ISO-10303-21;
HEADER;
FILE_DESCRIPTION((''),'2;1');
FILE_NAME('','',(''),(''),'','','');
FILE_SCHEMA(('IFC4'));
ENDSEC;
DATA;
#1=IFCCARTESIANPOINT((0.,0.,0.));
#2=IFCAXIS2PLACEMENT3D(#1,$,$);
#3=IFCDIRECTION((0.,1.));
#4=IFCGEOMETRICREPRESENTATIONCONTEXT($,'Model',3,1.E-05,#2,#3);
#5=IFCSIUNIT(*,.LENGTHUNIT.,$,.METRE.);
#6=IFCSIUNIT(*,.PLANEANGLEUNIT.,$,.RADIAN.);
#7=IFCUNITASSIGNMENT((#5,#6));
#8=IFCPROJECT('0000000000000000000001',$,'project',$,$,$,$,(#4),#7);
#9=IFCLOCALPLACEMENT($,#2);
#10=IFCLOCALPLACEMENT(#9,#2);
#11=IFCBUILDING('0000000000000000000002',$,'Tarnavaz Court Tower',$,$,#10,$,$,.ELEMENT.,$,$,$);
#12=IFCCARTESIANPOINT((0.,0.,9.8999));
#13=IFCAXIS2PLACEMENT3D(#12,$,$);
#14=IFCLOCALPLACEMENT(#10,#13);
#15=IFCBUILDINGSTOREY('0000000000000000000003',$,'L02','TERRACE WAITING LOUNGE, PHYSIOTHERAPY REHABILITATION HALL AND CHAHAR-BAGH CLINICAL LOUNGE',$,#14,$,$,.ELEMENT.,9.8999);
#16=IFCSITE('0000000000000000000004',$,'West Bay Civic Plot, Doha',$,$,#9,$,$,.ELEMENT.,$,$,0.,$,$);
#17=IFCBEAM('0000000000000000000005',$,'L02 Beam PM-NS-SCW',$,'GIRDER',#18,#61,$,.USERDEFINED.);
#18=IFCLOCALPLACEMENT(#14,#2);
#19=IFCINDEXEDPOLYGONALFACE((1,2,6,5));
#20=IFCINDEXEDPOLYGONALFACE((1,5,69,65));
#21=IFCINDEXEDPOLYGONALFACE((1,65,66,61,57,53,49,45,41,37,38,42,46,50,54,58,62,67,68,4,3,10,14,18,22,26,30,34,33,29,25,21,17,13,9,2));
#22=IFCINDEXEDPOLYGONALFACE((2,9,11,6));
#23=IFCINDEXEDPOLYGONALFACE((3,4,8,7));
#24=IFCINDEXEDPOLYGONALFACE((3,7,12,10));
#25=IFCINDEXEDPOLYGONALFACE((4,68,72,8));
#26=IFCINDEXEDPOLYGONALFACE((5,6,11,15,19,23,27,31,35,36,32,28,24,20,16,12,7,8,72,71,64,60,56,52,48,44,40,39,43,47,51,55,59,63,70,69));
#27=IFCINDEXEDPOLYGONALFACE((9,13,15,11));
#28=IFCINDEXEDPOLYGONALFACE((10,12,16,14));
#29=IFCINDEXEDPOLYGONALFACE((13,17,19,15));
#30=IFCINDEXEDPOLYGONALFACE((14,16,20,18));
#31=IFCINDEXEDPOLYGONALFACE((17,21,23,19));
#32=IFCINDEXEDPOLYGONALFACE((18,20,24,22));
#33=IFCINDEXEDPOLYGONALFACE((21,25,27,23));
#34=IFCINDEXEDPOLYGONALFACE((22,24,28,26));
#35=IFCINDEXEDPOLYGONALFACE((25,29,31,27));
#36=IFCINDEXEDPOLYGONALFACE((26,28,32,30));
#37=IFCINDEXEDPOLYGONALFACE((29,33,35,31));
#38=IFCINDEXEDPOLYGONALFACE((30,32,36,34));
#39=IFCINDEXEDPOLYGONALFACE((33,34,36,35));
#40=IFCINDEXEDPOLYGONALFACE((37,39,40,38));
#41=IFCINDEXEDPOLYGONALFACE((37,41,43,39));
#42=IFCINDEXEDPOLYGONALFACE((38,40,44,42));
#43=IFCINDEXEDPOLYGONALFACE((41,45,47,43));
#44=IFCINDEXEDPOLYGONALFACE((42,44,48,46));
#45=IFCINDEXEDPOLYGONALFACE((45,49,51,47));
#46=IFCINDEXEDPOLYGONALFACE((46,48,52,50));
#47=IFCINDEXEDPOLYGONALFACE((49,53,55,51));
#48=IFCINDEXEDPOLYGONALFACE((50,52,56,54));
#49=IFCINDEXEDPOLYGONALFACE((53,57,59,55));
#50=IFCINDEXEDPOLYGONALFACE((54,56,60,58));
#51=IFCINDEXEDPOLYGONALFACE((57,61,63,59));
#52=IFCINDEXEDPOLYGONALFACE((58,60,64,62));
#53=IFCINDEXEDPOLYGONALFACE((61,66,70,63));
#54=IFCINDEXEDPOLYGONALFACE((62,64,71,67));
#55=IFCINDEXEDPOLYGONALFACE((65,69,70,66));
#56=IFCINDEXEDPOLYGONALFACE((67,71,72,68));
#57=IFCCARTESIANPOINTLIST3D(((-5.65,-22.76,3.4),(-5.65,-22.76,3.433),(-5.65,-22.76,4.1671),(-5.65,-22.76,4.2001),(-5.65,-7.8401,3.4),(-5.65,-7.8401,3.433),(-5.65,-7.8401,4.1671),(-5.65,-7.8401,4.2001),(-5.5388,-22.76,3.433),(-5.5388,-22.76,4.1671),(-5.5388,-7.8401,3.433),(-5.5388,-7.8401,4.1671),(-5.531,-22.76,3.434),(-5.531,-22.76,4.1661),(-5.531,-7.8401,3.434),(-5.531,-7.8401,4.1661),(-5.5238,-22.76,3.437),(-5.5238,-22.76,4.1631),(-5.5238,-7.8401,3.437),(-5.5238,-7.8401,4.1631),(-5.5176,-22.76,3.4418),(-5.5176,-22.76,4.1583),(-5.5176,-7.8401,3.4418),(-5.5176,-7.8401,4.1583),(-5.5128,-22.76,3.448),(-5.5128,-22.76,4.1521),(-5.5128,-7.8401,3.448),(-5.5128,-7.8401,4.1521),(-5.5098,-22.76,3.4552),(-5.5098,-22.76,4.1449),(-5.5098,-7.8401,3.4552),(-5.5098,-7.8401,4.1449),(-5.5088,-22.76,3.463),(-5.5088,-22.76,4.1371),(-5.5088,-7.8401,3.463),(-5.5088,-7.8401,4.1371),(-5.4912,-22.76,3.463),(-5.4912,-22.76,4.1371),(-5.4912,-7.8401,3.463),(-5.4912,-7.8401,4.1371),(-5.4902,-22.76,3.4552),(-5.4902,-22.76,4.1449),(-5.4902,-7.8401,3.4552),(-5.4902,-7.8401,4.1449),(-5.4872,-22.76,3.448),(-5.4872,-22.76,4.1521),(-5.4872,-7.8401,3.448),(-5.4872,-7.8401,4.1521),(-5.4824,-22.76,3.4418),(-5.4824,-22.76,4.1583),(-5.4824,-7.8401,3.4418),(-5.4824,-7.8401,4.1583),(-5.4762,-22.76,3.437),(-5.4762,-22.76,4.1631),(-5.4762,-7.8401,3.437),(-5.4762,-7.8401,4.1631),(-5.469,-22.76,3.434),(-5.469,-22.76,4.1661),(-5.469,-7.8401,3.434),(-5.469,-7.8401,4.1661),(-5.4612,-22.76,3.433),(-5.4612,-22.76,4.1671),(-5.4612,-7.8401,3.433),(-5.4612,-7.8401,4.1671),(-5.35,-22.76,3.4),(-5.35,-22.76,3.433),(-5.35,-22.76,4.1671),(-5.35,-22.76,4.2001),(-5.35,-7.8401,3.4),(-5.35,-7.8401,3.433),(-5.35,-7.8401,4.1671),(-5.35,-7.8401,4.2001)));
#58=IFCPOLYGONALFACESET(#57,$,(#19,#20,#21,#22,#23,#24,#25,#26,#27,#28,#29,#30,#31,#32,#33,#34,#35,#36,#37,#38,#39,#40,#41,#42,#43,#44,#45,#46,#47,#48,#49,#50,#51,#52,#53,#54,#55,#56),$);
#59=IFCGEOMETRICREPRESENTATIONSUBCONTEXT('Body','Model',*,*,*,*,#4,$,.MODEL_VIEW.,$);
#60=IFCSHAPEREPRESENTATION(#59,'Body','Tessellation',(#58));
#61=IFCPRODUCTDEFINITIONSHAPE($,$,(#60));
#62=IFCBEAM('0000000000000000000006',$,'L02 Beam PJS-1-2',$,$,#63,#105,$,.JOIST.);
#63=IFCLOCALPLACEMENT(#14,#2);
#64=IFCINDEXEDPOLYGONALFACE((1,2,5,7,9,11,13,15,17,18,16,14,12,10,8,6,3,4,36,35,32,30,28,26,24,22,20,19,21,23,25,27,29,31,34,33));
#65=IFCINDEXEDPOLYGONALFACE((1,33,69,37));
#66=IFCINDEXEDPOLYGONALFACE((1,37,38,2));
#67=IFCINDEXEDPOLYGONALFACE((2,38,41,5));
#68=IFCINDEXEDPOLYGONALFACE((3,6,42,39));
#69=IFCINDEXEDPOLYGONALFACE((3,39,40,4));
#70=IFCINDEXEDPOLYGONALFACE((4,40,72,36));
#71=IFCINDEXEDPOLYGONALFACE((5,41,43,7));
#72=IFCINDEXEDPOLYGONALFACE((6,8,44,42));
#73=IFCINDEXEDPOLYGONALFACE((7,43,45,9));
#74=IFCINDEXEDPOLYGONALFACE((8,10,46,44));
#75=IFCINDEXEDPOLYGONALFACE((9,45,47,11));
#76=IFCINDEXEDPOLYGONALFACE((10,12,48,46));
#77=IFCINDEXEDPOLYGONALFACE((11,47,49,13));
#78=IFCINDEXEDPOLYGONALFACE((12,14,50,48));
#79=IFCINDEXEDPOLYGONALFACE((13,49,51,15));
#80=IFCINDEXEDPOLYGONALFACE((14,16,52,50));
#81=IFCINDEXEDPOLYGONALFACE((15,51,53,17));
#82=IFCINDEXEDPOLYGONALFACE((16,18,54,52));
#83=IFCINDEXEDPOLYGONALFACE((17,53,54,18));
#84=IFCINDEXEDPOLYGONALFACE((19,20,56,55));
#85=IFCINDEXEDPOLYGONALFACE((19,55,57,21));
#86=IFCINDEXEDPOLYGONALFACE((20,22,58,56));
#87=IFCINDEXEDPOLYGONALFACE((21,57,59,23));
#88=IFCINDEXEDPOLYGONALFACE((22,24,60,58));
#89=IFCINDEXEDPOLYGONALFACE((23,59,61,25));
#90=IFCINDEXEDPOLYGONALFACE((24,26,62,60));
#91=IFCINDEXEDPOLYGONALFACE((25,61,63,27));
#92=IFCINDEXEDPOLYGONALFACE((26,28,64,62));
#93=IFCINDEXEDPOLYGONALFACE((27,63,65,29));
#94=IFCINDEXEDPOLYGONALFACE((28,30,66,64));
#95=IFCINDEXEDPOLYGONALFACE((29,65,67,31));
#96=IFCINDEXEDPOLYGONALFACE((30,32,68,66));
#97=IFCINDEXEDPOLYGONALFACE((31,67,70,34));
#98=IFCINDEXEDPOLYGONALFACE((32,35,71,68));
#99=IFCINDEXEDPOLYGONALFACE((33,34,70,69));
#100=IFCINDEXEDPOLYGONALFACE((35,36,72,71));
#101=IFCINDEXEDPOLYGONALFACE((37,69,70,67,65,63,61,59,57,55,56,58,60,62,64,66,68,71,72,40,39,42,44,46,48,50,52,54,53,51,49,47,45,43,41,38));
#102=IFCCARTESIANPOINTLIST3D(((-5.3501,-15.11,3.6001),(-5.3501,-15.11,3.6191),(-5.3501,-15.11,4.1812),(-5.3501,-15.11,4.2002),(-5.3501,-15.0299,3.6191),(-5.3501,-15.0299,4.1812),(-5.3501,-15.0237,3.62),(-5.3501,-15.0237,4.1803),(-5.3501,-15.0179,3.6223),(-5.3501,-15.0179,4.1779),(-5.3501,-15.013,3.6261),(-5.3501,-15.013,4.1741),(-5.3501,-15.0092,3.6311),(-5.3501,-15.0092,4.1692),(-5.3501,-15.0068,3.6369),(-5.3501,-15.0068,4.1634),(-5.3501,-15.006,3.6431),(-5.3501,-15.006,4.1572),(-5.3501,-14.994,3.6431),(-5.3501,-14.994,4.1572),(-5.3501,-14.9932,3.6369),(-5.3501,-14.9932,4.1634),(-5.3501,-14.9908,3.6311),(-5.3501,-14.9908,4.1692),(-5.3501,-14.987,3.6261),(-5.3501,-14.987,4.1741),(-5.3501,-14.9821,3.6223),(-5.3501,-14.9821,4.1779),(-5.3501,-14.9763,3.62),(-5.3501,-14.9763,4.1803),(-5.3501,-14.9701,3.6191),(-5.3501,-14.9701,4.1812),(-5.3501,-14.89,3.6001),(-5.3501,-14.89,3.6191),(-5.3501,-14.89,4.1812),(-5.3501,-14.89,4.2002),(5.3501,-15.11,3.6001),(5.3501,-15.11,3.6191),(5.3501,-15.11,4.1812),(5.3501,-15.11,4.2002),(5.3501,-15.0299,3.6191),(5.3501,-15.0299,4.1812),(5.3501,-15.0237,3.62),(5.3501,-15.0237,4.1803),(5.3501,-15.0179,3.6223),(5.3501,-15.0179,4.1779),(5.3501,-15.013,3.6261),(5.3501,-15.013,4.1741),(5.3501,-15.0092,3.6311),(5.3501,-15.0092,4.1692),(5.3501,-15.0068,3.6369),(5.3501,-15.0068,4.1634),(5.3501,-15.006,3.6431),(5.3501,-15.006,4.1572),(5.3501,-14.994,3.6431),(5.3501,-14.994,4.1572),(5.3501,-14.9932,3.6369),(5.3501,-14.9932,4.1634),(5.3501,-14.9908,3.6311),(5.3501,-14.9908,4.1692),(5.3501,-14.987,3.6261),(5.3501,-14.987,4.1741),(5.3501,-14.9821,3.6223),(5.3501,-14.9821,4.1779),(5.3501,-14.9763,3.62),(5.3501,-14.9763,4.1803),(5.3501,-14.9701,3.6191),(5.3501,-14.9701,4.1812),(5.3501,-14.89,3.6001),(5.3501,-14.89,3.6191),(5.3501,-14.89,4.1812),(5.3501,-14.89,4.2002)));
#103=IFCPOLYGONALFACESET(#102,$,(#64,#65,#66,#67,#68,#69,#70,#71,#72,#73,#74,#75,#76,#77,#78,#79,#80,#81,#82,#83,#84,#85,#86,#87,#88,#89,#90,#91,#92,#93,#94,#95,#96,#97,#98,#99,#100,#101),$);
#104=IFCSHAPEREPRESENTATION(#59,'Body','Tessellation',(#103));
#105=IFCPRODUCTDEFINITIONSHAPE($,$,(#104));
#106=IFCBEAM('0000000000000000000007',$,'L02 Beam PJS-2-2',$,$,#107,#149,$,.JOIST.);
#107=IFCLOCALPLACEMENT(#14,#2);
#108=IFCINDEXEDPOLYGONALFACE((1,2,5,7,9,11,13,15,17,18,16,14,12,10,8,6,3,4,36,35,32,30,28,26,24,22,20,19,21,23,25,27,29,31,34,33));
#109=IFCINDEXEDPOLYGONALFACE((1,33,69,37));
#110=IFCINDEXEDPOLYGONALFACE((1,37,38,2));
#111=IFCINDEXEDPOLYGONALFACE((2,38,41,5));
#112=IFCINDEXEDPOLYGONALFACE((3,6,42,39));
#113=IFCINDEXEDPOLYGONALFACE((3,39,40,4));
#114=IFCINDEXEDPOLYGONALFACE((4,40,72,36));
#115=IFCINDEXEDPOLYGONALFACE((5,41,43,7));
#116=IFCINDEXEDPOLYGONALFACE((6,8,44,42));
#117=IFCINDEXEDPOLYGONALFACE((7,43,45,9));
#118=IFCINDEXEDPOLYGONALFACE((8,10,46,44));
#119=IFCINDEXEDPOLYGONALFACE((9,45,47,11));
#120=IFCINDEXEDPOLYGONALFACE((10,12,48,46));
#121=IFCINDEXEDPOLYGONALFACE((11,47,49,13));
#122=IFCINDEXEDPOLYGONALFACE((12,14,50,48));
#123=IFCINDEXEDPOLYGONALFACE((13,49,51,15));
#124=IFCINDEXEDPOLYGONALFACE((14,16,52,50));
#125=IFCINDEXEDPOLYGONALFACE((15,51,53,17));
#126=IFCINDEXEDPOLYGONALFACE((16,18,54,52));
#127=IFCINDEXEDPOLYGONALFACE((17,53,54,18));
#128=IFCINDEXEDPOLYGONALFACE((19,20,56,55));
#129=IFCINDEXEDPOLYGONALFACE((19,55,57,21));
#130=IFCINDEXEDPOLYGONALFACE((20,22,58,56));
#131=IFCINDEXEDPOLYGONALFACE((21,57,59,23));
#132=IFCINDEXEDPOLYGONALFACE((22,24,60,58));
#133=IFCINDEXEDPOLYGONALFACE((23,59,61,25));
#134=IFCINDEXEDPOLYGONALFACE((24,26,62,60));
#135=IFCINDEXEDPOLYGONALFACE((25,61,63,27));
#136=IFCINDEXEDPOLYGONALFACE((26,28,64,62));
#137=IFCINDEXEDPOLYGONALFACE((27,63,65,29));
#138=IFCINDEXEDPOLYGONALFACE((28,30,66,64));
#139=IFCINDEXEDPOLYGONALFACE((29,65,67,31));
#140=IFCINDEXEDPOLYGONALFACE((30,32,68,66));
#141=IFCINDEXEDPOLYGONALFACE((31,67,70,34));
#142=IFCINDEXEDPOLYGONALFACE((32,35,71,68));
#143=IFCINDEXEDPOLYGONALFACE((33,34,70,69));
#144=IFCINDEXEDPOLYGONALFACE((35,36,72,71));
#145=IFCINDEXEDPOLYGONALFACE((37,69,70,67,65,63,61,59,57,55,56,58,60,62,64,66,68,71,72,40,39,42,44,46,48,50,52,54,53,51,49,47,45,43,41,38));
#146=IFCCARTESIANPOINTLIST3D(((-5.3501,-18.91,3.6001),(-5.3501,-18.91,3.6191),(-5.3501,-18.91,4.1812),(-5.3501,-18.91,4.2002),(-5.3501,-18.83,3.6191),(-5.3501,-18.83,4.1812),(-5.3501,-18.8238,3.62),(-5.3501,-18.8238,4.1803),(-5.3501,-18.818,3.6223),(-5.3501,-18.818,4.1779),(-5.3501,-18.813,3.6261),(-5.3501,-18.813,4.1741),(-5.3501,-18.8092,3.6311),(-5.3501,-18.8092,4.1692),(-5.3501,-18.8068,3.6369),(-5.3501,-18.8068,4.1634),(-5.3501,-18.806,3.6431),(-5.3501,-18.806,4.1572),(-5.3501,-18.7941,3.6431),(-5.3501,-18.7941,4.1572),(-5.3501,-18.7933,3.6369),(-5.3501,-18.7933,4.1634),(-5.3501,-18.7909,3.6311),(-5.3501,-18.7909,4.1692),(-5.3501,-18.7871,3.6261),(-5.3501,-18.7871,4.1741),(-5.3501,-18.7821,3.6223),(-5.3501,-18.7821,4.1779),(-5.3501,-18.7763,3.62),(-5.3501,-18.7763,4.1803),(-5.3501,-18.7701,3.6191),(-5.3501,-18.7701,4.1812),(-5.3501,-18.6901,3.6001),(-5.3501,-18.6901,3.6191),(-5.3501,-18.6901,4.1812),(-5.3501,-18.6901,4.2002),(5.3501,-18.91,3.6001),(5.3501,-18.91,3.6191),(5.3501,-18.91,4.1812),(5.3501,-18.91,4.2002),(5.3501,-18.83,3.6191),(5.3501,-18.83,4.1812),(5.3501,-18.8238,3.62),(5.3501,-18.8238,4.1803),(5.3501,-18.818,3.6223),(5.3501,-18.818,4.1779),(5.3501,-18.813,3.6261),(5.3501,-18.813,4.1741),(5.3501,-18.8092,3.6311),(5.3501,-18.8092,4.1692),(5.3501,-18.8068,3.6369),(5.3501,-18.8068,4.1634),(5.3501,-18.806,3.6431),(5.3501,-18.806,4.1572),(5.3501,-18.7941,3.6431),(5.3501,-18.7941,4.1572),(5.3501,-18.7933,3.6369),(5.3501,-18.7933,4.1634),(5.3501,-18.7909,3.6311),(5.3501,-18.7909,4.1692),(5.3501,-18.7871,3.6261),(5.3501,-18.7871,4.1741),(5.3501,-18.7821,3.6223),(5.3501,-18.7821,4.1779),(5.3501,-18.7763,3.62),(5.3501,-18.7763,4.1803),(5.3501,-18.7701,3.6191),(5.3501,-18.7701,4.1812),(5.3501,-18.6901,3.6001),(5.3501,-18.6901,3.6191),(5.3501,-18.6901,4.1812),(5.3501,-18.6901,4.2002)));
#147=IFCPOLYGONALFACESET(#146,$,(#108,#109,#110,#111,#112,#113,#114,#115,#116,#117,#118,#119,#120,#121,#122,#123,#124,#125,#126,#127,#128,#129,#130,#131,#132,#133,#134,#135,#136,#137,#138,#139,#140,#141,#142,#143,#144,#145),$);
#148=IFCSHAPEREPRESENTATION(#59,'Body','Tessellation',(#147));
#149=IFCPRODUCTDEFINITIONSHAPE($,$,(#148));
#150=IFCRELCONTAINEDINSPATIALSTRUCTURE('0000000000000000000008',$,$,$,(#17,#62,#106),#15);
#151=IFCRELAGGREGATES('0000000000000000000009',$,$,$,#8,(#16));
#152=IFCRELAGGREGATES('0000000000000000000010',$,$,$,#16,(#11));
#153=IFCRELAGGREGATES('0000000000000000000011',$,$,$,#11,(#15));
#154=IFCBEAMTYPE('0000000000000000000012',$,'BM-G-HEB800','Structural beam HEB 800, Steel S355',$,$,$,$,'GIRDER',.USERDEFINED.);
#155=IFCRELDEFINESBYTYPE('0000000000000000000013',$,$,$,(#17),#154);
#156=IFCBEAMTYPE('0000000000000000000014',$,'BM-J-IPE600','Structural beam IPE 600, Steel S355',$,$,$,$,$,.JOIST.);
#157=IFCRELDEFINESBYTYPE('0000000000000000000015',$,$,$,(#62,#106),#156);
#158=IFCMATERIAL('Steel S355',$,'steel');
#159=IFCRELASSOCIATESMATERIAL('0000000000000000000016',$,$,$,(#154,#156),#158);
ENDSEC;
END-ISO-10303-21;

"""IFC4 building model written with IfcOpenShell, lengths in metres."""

from ifc_helpers import new_model, si_unit, direction, frame, origin, origin_2d, place, context, subcontext, project, spatial, i_section, extrude, material, material_profile, profile_set, type_object, element, save


model = new_model("IFC4")

# Units and contexts
model_context = context("Model", 3, precision=1e-05, world=origin(), true_north=direction((0.0, 1.0)))
body_context = subcontext(model_context, "Body", "Model", "MODEL_VIEW")
ifc_project = project(units=[si_unit("LENGTHUNIT", "METRE"), si_unit("PLANEANGLEUNIT", "RADIAN")], contexts=[model_context])

# Site, building, storey
site_placement = place(None, origin())
site = spatial("IfcSite", under=ifc_project, at=site_placement, Name="West Bay Civic Plot, Doha", CompositionType="ELEMENT", RefElevation=0.0)
building_placement = place(site_placement, origin())
building = spatial("IfcBuilding", under=site, at=building_placement, Name="Tarnavaz Court Tower", CompositionType="ELEMENT")
storey_placement = place(building_placement, frame((0.0, 0.0, 9.8999)))
storey = spatial("IfcBuildingStorey", under=building, at=storey_placement, Name="L02", Description="TERRACE WAITING LOUNGE, PHYSIOTHERAPY REHABILITATION HALL AND CHAHAR-BAGH CLINICAL LOUNGE", CompositionType="ELEMENT", Elevation=9.8999)

# Beams
ifc_material_1 = material(Name="Steel S355", Category="steel")
ifc_material_profile_1 = material_profile(ifc_material_1, i_section(OverallWidth=0.3, OverallDepth=0.8, WebThickness=0.0176, FlangeThickness=0.033, FilletRadius=0.03, at=origin_2d()), Name="HEB 800")
ifc_profile_set_1 = profile_set([ifc_material_profile_1], Name="Steel S355")
beam_type_1 = type_object("IfcBeamType", Name="BM-G-HEB800", Description="Structural beam HEB 800, Steel S355", ElementType="GIRDER", PredefinedType="USERDEFINED", material=ifc_profile_set_1)
beam_1_placement = place(storey_placement, frame((-5.5, -7.8401, 3.8), z_axis=(0.0, -1.0, 0.0), x_axis=(1.0, 0.0, 0.0)))
element("IfcBeam", 1, at=beam_1_placement, inside=storey, type_object=beam_type_1, Name="L02 Beam PM-NS-SCW", ObjectType="GIRDER", PredefinedType="USERDEFINED", context=body_context, shape_type="SweptSolid", body=[
    extrude(i_section(OverallWidth=0.3, OverallDepth=0.8, WebThickness=0.0176, FlangeThickness=0.033, FilletRadius=0.03, at=origin_2d()), origin(), (0.0, 0.0, 1.0), 14.9199),
])
ifc_material_profile_2 = material_profile(ifc_material_1, i_section(OverallWidth=0.22, OverallDepth=0.6001, WebThickness=0.012, FlangeThickness=0.019, FilletRadius=0.0239, at=origin_2d()), Name="IPE 600")
ifc_profile_set_2 = profile_set([ifc_material_profile_2], Name="Steel S355")
beam_type_2 = type_object("IfcBeamType", Name="BM-J-IPE600", Description="Structural beam IPE 600, Steel S355", PredefinedType="JOIST", material=ifc_profile_set_2)
for number, where, z_axis, x_axis, name in (
    (2, (-5.3501, -15.0, 3.9001), (1.0, 0.0, 0.0), (0.0, 1.0, 0.0), "L02 Beam PJS-1-2"),
    (3, (-5.3501, -18.8, 3.9001), (1.0, 0.0, 0.0), (0.0, 1.0, 0.0), "L02 Beam PJS-2-2"),
):
    element("IfcBeam", number, at=place(storey_placement, frame(where, z_axis=z_axis, x_axis=x_axis)), inside=storey, type_object=beam_type_2, Name=name, PredefinedType="JOIST", context=body_context, shape_type="SweptSolid", body=[
        extrude(i_section(OverallWidth=0.22, OverallDepth=0.6001, WebThickness=0.012, FlangeThickness=0.019, FilletRadius=0.0239, at=origin_2d()), origin(), (0.0, 0.0, 1.0), 10.7002),
    ])

save(model, "model.ifc")
